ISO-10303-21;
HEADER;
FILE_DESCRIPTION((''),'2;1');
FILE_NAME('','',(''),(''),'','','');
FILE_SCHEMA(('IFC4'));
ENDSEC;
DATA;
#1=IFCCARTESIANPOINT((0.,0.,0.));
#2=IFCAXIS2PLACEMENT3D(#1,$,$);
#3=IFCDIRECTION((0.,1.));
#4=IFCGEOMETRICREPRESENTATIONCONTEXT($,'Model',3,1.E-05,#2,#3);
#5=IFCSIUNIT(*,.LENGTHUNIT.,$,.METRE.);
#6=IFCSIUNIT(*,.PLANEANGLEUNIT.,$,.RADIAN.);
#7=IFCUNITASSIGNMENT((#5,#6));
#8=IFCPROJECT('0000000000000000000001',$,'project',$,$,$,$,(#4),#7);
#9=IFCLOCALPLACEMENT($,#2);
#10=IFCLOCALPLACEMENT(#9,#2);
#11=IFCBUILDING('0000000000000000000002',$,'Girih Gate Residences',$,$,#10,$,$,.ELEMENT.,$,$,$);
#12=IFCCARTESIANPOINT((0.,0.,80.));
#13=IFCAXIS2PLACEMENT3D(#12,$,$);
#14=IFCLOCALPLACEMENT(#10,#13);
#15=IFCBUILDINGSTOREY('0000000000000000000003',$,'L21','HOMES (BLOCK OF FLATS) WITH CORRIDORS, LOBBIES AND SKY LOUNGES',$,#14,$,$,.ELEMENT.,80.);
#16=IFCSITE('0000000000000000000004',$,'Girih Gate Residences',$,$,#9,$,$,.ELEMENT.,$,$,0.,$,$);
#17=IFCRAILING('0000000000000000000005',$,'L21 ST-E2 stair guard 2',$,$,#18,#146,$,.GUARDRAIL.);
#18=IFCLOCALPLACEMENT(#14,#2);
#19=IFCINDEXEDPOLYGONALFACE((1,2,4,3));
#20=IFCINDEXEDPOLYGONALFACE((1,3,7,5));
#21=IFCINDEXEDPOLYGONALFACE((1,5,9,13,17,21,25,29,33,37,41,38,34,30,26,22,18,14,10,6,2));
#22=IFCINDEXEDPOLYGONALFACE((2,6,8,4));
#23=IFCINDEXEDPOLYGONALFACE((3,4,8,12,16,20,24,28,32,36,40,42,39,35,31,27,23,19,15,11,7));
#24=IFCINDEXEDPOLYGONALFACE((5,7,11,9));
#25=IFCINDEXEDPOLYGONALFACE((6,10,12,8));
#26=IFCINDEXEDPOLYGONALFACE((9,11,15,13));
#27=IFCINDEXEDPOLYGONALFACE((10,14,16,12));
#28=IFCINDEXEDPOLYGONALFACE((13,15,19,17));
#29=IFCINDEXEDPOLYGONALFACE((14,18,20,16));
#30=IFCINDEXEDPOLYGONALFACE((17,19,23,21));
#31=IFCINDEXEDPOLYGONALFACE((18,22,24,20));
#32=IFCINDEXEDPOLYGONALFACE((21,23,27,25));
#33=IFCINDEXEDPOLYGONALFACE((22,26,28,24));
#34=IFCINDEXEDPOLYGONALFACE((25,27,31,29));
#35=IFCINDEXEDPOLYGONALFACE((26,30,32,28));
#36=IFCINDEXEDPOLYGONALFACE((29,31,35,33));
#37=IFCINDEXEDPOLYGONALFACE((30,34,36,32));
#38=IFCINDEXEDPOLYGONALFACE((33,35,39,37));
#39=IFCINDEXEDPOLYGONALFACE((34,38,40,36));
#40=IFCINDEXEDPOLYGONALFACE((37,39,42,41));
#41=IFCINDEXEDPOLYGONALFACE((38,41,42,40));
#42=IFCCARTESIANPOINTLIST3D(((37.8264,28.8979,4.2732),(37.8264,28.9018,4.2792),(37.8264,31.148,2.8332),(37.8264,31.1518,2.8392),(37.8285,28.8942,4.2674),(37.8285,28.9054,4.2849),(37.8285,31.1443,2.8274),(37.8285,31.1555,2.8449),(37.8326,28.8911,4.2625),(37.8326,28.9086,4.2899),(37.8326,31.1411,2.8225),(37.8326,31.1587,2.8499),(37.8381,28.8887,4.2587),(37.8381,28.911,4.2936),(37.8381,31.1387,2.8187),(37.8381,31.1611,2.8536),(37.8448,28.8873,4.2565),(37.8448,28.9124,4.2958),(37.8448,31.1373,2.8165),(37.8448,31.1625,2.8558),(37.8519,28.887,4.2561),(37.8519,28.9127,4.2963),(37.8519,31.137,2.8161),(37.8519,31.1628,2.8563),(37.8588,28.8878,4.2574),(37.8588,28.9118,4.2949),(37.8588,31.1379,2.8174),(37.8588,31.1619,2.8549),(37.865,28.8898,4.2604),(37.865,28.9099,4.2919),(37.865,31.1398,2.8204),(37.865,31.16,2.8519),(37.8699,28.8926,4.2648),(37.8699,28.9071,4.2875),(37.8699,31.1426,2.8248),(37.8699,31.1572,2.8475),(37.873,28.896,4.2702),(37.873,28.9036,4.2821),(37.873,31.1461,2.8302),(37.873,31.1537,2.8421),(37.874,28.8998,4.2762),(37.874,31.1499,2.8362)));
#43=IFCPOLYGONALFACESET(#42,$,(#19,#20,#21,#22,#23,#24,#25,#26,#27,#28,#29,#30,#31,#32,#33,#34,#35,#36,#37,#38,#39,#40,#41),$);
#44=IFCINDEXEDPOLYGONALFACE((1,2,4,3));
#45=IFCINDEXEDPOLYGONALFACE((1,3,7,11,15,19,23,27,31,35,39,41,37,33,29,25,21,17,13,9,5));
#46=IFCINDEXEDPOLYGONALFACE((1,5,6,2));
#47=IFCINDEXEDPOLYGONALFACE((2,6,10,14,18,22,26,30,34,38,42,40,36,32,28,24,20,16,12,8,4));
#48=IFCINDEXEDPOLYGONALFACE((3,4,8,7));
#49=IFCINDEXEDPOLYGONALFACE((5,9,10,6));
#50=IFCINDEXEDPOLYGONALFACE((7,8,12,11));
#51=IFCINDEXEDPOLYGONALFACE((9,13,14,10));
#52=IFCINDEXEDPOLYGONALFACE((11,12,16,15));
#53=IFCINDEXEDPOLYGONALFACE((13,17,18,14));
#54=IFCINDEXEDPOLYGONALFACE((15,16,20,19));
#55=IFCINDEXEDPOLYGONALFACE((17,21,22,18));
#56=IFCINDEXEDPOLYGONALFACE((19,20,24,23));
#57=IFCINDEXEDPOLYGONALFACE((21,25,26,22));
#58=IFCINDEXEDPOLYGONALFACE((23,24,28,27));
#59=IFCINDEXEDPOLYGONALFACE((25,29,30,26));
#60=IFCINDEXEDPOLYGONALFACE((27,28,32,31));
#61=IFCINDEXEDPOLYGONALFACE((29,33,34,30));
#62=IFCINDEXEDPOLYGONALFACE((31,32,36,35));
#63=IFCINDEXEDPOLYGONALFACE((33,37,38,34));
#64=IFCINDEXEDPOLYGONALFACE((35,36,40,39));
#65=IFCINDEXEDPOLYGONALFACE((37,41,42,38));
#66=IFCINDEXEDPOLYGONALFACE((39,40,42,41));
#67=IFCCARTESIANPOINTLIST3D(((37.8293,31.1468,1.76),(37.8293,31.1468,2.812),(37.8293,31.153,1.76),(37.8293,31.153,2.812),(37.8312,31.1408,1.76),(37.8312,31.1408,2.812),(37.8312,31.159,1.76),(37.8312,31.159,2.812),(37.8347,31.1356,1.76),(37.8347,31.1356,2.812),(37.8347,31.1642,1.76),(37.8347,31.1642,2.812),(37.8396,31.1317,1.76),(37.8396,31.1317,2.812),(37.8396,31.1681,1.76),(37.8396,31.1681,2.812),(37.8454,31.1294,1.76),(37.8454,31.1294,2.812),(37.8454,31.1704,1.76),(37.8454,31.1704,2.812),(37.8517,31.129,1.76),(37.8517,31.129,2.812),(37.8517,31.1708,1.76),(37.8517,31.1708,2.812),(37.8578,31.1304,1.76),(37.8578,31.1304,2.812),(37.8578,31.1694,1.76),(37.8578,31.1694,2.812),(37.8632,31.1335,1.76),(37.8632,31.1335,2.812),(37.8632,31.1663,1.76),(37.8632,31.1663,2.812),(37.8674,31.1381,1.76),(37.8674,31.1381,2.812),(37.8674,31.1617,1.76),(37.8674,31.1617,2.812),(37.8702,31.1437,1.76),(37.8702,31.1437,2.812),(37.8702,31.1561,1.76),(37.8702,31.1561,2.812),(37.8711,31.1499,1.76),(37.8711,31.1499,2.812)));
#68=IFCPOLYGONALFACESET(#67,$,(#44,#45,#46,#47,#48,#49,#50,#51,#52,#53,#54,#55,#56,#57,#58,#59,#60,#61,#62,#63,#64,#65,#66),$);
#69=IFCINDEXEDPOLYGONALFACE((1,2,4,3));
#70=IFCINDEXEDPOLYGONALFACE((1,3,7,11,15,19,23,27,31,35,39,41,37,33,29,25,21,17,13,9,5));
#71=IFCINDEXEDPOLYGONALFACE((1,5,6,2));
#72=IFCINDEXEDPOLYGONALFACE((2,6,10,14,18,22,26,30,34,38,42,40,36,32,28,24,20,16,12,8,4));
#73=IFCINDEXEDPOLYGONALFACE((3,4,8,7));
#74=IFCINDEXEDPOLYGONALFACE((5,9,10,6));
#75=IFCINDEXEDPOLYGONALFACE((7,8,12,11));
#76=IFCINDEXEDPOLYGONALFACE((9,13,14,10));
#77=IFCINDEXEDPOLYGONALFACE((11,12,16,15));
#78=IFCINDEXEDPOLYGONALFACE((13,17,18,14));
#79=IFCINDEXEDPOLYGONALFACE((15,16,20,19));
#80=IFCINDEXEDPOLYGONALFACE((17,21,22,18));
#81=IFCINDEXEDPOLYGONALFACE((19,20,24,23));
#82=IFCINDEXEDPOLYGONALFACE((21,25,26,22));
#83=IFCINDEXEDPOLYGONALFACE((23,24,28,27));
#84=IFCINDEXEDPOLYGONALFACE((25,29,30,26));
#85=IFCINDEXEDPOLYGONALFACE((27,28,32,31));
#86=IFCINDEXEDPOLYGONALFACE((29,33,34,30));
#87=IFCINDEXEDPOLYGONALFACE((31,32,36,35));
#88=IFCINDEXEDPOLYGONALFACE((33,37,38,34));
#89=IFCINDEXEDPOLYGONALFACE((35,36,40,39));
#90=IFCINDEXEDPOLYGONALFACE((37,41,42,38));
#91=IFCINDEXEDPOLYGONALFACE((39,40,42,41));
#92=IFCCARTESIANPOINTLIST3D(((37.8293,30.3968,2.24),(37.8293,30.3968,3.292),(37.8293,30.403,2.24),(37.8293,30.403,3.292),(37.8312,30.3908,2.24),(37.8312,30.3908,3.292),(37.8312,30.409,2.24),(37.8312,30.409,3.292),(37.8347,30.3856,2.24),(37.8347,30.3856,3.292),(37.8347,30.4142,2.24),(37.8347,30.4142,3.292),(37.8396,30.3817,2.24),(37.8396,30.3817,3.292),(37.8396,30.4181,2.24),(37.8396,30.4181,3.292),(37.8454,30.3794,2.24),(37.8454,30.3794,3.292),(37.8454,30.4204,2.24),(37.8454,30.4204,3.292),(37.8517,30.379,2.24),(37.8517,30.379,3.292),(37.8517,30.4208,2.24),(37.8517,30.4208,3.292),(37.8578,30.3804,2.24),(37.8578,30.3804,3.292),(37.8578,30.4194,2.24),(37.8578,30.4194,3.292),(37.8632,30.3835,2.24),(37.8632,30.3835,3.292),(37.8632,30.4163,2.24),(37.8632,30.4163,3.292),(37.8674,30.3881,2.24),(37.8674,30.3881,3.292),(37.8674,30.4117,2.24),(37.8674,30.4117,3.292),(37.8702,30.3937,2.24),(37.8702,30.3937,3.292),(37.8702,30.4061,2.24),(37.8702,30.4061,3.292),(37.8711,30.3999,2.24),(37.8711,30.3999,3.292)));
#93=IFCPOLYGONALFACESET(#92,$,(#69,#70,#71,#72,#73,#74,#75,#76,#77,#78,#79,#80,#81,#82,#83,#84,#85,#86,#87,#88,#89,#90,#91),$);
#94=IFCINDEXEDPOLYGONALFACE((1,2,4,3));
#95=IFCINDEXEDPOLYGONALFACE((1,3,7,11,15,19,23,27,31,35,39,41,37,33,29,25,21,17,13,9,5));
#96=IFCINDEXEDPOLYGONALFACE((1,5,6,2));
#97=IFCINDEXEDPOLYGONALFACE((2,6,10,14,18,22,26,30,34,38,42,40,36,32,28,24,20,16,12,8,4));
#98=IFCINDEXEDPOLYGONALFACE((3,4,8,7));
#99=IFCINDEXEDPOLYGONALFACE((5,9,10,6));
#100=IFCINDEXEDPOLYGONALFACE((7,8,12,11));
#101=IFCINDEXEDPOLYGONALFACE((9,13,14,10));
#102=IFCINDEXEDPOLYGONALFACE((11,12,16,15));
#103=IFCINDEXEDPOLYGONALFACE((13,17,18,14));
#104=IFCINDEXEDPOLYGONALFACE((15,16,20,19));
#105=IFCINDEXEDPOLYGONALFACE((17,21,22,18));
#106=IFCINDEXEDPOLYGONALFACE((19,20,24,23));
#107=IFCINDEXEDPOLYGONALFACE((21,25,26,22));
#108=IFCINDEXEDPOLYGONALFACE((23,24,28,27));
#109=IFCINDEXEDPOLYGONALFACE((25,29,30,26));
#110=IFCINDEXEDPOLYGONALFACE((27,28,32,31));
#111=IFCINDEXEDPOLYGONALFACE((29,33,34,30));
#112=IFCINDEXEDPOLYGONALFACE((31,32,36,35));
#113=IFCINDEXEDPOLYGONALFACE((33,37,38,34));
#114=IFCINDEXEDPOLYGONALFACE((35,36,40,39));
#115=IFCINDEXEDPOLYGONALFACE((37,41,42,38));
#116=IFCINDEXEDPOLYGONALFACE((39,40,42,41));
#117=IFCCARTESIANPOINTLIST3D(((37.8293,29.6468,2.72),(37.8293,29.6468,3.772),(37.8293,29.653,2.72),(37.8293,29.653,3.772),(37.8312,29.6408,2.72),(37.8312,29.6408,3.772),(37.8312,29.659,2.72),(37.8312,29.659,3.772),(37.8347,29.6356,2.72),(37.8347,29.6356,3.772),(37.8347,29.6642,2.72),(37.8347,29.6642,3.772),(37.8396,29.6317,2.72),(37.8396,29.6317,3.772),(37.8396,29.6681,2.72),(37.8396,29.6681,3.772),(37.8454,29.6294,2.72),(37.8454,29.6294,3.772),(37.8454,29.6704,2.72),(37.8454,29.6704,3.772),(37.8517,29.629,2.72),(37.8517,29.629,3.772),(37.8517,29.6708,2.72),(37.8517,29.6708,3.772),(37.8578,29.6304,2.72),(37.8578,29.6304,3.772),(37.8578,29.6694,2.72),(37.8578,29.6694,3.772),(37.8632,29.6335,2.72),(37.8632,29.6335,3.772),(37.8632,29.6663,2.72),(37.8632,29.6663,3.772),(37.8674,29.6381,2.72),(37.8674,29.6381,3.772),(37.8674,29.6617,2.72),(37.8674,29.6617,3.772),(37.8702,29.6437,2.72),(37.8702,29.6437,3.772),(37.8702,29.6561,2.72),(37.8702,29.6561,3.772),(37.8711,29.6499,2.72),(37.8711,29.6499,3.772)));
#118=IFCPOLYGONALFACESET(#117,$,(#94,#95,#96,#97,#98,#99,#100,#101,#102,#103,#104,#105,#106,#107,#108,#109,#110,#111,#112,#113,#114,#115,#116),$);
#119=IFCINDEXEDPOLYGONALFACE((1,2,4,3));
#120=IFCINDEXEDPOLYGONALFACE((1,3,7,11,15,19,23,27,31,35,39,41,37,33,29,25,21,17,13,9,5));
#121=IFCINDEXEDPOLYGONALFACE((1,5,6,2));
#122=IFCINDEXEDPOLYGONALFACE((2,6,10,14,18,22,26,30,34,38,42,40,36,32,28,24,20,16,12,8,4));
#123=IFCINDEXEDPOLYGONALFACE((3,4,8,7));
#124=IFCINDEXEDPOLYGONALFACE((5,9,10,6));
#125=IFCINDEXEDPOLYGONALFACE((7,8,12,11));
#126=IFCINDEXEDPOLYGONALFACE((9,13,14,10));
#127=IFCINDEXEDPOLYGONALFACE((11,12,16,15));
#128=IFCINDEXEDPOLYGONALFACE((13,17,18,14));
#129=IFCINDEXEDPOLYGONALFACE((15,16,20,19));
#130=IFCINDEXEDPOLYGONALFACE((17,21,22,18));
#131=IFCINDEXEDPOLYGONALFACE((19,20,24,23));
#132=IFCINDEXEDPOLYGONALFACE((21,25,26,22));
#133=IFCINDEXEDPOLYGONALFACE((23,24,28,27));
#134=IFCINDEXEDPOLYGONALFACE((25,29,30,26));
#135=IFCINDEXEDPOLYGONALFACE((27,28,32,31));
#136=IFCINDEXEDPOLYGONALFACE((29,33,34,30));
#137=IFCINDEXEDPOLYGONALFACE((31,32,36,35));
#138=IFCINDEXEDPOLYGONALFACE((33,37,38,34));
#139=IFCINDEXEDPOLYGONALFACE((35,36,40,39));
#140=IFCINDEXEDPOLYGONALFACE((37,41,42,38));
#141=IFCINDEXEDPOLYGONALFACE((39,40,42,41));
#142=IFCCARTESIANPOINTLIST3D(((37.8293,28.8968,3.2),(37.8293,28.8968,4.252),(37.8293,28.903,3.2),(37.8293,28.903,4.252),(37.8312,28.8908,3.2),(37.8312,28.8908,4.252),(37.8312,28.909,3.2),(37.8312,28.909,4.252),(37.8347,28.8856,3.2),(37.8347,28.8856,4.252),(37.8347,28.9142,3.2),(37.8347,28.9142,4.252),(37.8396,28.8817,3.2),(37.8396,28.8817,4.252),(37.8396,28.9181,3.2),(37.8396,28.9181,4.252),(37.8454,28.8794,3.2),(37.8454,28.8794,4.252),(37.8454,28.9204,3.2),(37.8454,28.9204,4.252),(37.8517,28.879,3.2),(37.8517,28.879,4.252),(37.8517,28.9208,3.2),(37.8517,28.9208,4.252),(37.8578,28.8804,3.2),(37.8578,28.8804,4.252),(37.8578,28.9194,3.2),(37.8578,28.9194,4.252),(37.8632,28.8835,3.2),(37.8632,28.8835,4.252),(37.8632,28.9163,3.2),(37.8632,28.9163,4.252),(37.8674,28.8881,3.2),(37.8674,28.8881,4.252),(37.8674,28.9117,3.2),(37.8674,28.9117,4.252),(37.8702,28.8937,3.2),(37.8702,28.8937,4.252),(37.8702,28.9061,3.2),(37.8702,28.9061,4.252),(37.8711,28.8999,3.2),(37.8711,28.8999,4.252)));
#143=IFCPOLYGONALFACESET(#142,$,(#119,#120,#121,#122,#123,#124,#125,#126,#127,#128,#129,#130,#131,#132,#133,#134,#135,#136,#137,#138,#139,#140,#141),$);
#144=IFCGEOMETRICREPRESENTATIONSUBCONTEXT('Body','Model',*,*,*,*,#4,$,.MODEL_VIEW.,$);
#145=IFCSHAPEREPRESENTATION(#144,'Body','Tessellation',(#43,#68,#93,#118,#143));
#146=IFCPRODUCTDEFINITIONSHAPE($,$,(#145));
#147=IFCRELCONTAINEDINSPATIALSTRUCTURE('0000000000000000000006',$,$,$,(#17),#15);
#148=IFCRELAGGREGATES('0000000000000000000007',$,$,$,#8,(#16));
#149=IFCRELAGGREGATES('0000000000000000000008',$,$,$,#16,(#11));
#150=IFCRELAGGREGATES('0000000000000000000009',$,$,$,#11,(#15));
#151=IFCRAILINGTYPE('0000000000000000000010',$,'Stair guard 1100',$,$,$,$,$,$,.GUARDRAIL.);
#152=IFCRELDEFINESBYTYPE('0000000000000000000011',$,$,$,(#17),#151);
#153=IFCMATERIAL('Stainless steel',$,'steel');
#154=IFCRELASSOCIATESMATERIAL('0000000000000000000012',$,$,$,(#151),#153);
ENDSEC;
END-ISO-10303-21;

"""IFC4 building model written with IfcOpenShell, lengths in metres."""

from ifc_helpers import new_model, si_unit, direction, frame, origin, origin_2d, place, context, subcontext, project, spatial, circle, extrude, material, type_object, element, save


model = new_model("IFC4")

# Units and contexts
model_context = context("Model", 3, precision=1e-05, world=origin(), true_north=direction((0.0, 1.0)))
body_context = subcontext(model_context, "Body", "Model", "MODEL_VIEW")
ifc_project = project(units=[si_unit("LENGTHUNIT", "METRE"), si_unit("PLANEANGLEUNIT", "RADIAN")], contexts=[model_context])

# Site, building, storey
site_placement = place(None, origin())
site = spatial("IfcSite", under=ifc_project, at=site_placement, Name="Girih Gate Residences", CompositionType="ELEMENT", RefElevation=0.0)
building_placement = place(site_placement, origin())
building = spatial("IfcBuilding", under=site, at=building_placement, Name="Girih Gate Residences", CompositionType="ELEMENT")
storey_placement = place(building_placement, frame((0.0, 0.0, 80.0)))
storey = spatial("IfcBuildingStorey", under=building, at=storey_placement, Name="L21", Description="HOMES (BLOCK OF FLATS) WITH CORRIDORS, LOBBIES AND SKY LOUNGES", CompositionType="ELEMENT", Elevation=80.0)

# Shared definitions
ifc_material_1 = material(Name="Stainless steel", Category="steel")

# Railing
railing_type_1 = type_object("IfcRailingType", Name="Stair guard 1100", PredefinedType="GUARDRAIL", material=ifc_material_1)
railing_1_placement = place(storey_placement, frame((37.8501, 31.1499, 1.76)))
element("IfcRailing", 1, at=railing_1_placement, inside=storey, type_object=railing_type_1, Name="L21 ST-E2 stair guard 2", PredefinedType="GUARDRAIL", context=body_context, shape_type="SweptSolid", body=[
    extrude(circle(Radius=0.0239, at=origin_2d()), frame((0.0, 0.0, 1.0762), z_axis=(0.0, -0.842281, 0.539038), x_axis=(1.0, 0.0, 0.0)), (0.0, 0.0, 1.0), 2.6714),
    extrude(circle(Radius=0.021, at=origin_2d()), origin(), (0.0, 0.0, 1.0), 1.052),
    extrude(circle(Radius=0.021, at=origin_2d()), frame((0.0, -0.75, 0.48)), (0.0, 0.0, 1.0), 1.052),
    extrude(circle(Radius=0.021, at=origin_2d()), frame((0.0, -1.5, 0.96)), (0.0, 0.0, 1.0), 1.052),
    extrude(circle(Radius=0.021, at=origin_2d()), frame((0.0, -2.25, 1.4399)), (0.0, 0.0, 1.0), 1.052),
])

save(model, "model.ifc")
